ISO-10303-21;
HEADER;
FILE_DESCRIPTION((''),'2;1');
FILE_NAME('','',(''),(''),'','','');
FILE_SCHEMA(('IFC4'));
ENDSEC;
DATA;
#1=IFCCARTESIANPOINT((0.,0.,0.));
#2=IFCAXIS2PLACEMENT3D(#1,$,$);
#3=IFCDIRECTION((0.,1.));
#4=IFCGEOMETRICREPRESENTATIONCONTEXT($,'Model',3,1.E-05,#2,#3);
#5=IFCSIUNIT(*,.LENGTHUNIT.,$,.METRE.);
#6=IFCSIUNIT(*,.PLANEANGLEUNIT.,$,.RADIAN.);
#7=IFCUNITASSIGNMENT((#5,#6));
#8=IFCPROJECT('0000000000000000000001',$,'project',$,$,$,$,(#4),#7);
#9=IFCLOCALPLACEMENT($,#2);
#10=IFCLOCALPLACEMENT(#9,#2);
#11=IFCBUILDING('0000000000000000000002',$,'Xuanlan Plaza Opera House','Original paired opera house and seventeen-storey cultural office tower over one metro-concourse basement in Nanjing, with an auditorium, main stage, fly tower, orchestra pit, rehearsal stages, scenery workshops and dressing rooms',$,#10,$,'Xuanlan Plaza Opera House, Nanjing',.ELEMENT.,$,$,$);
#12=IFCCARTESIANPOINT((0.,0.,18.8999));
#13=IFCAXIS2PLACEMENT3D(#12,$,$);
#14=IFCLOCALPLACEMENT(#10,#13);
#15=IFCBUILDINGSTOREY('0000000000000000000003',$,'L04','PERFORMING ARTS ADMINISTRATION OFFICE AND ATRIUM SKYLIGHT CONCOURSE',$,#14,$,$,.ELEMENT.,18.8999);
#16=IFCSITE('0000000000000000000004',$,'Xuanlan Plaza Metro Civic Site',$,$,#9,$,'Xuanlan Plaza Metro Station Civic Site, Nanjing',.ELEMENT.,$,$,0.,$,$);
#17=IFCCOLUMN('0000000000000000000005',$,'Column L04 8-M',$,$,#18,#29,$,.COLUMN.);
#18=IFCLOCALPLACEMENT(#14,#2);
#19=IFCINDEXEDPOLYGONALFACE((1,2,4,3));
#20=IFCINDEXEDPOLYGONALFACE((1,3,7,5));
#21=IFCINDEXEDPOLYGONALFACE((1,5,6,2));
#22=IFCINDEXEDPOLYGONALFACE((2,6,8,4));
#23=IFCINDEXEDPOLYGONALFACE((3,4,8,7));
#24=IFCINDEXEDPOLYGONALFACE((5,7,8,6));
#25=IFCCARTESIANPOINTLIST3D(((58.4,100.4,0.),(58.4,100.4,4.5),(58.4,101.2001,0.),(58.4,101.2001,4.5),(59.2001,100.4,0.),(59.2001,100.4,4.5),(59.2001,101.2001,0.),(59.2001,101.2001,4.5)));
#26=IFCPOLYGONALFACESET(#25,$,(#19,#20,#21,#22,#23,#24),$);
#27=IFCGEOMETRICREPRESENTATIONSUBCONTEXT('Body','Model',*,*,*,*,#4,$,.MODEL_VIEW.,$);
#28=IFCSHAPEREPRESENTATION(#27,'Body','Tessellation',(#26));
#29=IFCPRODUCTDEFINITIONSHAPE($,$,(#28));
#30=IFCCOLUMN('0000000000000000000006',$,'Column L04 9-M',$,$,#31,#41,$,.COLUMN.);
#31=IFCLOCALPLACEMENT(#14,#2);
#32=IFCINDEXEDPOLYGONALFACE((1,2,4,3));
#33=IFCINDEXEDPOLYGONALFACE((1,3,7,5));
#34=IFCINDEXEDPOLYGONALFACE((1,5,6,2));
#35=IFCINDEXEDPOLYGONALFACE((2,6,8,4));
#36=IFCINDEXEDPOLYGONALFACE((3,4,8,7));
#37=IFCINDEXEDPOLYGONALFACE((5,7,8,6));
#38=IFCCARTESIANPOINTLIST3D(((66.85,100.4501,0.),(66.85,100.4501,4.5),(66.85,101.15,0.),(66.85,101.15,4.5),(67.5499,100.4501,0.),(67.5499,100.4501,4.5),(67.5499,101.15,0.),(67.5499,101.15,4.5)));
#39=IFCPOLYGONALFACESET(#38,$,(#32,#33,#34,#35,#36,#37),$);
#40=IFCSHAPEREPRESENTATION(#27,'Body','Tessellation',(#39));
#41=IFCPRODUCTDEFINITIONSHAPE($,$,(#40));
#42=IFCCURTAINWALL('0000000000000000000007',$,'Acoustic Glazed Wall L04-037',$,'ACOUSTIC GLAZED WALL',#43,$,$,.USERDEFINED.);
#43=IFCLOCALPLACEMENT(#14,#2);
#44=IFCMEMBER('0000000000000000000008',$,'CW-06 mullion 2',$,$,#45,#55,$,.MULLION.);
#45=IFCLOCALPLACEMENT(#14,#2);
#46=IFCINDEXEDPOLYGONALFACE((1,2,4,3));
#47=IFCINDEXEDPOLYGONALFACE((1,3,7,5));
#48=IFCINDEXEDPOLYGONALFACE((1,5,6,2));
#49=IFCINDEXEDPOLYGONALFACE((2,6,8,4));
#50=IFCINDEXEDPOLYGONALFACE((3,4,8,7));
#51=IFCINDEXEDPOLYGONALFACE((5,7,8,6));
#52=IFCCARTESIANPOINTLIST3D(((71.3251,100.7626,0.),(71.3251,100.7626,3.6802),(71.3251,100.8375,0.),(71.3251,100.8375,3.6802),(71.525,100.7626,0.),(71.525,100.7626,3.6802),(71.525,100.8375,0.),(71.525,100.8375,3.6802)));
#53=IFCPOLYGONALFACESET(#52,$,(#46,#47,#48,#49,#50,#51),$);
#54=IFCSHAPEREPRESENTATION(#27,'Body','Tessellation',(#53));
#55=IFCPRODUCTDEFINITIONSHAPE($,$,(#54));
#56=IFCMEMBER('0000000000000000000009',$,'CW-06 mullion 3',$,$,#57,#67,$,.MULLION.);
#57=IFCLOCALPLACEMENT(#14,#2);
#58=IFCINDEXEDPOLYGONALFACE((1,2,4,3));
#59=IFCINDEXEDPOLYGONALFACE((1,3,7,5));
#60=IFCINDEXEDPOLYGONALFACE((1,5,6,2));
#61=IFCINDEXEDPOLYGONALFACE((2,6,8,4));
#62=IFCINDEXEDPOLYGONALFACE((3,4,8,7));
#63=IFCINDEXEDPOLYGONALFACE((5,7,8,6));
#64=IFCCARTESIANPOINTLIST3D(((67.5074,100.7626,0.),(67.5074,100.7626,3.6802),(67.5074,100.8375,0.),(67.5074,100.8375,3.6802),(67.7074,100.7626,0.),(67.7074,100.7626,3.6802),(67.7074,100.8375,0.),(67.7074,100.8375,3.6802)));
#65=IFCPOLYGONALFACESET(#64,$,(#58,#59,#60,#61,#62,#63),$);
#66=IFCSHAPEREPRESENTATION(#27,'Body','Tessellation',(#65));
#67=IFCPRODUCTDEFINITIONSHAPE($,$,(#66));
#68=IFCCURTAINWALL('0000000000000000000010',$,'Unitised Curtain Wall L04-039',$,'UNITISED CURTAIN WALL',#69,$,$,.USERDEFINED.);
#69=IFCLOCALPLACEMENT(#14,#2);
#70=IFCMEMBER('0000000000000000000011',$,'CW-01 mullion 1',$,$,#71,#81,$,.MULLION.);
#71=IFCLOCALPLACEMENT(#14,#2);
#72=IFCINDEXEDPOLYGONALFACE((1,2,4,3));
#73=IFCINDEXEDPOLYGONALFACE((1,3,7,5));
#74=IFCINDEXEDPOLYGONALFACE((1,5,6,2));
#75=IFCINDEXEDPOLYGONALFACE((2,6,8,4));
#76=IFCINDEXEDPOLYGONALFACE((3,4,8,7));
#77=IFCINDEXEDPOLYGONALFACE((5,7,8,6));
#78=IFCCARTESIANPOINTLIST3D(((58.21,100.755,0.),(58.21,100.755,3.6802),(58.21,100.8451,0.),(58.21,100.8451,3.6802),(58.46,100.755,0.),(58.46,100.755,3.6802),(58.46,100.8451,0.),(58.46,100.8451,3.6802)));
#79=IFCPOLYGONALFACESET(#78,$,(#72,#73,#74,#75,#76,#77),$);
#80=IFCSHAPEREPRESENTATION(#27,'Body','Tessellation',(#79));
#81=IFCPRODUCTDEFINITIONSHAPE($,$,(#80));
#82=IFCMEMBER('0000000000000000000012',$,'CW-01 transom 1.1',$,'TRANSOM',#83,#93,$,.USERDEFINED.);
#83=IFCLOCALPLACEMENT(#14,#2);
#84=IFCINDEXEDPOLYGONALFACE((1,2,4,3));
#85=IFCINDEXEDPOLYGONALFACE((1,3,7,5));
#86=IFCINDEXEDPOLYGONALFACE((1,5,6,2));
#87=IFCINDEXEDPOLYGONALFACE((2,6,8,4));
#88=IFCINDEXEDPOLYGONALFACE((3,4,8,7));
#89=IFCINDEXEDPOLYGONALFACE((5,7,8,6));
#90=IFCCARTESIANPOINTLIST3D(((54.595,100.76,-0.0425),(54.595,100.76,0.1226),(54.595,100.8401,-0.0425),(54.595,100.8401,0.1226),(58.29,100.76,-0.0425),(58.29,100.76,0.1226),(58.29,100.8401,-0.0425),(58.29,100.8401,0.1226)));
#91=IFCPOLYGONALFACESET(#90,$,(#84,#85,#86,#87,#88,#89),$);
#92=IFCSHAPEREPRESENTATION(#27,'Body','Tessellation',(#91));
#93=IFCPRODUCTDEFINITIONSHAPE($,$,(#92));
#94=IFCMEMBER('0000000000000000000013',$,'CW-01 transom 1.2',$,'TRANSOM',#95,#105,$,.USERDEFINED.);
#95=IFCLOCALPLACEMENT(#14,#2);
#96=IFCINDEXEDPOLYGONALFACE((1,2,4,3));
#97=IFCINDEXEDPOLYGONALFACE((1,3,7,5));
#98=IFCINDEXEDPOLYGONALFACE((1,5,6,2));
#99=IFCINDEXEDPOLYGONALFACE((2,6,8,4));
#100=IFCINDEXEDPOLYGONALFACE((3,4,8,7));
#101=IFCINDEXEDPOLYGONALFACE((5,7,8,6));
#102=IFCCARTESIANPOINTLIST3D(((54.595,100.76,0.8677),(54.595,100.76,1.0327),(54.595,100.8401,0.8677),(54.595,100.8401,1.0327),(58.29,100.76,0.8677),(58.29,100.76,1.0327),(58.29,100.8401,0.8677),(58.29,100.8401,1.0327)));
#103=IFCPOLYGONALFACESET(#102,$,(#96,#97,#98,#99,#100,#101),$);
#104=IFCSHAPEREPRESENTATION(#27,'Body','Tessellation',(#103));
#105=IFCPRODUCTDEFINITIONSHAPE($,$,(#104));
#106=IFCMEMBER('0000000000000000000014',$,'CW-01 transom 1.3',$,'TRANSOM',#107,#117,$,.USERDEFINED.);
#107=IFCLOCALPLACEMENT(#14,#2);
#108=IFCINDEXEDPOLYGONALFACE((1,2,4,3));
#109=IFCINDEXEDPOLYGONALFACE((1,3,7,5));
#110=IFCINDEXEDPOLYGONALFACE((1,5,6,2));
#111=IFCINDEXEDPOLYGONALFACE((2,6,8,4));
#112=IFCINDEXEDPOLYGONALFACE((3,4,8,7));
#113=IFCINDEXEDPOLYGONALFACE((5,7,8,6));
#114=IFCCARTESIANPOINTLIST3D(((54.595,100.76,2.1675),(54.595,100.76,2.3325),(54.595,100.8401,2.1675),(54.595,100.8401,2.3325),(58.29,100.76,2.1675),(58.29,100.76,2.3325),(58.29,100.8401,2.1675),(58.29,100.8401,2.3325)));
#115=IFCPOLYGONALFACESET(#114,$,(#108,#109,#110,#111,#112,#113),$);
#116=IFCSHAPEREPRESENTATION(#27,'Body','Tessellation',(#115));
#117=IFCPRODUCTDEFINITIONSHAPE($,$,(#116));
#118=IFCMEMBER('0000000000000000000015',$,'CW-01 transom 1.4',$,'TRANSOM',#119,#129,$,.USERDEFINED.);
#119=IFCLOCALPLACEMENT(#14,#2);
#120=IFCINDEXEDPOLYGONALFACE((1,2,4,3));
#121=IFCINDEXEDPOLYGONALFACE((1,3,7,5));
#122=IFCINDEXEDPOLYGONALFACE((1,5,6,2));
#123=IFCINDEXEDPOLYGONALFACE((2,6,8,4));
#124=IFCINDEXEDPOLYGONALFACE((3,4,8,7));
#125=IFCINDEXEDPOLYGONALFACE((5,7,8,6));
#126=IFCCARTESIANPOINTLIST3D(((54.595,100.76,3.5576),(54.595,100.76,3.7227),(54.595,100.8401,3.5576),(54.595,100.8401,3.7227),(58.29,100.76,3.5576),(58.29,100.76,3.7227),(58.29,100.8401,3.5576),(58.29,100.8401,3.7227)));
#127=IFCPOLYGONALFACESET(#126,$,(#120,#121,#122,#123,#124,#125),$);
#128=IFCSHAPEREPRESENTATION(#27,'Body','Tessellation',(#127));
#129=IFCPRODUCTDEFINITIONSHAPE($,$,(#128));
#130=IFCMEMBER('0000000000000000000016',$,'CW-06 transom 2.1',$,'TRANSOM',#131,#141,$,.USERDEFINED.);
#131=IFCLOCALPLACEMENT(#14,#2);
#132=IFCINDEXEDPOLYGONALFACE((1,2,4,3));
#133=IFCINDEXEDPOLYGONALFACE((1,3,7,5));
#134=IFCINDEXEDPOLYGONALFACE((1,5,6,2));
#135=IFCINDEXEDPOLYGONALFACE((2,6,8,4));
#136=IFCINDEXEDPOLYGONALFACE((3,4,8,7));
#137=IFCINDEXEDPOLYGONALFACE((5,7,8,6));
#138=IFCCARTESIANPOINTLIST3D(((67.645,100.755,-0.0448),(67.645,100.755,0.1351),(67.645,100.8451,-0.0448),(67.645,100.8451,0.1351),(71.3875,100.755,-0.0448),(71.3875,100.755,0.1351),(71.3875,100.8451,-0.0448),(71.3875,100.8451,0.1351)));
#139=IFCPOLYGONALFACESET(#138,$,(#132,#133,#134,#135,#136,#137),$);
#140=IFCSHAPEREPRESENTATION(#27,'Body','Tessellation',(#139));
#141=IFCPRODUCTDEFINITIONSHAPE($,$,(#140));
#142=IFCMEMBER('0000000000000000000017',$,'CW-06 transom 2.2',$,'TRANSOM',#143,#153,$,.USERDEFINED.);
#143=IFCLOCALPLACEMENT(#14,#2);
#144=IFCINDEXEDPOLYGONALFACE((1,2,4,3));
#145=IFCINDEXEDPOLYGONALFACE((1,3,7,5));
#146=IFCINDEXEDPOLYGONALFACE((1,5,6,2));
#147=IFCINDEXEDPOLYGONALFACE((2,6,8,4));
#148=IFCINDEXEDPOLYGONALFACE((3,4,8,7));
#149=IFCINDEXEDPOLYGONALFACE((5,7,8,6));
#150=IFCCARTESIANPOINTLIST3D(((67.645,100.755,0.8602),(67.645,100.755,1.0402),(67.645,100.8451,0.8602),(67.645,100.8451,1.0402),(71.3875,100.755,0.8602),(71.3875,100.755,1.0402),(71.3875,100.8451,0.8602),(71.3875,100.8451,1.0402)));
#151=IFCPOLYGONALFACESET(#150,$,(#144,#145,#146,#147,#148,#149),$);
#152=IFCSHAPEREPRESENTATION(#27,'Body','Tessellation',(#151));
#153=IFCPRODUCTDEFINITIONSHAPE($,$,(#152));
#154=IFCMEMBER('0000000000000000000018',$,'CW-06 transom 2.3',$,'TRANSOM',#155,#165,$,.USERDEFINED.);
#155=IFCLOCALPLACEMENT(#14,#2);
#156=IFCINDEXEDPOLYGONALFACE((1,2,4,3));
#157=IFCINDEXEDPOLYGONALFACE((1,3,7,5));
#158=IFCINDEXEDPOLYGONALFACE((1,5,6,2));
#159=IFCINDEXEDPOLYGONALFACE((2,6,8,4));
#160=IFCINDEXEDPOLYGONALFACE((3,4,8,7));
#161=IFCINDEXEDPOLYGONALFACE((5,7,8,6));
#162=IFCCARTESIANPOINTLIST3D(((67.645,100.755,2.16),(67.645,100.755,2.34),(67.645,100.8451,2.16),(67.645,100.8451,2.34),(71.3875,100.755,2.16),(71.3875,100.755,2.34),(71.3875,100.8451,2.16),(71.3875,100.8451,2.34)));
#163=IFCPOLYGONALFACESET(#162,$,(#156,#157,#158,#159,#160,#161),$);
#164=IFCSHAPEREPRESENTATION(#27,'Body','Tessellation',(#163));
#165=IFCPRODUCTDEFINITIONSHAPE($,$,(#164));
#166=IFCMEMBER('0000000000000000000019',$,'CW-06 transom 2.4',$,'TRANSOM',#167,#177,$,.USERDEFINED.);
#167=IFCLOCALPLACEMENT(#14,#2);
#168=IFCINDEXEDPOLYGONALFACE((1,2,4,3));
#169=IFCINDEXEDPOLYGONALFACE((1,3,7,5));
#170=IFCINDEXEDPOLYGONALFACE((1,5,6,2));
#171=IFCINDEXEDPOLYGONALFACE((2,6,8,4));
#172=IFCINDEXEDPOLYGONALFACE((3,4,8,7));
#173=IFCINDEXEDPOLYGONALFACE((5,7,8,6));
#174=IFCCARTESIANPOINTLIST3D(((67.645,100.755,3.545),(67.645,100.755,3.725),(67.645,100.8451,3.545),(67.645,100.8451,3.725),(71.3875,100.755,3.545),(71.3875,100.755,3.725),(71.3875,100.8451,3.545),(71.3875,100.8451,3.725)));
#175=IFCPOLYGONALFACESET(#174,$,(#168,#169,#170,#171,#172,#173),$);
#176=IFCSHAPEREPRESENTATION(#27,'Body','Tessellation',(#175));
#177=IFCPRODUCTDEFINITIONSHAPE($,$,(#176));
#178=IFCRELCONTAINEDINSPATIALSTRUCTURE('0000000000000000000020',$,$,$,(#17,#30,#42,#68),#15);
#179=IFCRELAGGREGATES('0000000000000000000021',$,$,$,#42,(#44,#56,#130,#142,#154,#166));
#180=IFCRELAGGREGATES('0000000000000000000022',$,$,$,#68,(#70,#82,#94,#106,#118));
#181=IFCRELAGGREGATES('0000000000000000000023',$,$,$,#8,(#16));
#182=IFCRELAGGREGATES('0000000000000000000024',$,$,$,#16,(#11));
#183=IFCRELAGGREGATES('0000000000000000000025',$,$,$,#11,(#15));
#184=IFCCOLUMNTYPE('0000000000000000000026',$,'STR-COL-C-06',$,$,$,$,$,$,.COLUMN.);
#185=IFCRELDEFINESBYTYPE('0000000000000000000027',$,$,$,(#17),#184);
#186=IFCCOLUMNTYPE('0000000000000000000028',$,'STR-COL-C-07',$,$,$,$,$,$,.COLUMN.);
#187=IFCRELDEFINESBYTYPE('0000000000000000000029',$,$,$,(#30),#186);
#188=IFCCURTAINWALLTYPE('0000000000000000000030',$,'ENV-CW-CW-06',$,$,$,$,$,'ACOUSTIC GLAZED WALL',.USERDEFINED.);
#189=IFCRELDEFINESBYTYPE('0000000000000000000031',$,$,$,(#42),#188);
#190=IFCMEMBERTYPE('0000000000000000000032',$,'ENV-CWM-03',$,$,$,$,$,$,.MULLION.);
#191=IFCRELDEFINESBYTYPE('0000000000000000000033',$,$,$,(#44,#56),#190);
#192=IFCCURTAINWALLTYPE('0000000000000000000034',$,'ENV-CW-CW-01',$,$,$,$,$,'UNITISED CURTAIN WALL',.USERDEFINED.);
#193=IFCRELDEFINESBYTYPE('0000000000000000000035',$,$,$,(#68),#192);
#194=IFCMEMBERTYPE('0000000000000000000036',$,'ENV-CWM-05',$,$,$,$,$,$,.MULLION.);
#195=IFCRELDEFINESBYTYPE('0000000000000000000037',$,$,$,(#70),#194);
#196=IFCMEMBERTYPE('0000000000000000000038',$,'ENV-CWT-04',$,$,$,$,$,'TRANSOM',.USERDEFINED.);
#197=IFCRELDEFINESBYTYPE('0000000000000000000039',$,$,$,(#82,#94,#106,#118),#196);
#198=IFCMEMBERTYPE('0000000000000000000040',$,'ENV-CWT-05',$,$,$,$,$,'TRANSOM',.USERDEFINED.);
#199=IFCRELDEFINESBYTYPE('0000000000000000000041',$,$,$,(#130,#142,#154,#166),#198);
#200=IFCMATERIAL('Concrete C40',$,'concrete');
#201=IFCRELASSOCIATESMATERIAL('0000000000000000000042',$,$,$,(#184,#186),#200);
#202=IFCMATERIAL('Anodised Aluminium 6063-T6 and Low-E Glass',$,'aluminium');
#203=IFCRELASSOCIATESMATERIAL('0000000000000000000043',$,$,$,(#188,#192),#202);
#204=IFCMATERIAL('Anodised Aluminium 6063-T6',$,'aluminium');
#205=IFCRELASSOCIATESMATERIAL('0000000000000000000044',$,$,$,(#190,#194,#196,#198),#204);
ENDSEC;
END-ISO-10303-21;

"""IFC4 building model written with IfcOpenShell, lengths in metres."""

from ifc_helpers import new_model, si_unit, direction, frame, origin, origin_2d, place, context, subcontext, project, spatial, rectangle, extrude, material, material_profile, profile_set, type_object, element, aggregate, save


model = new_model("IFC4")

# Units and contexts
model_context = context("Model", 3, precision=1e-05, world=origin(), true_north=direction((0.0, 1.0)))
body_context = subcontext(model_context, "Body", "Model", "MODEL_VIEW")
ifc_project = project(units=[si_unit("LENGTHUNIT", "METRE"), si_unit("PLANEANGLEUNIT", "RADIAN")], contexts=[model_context])

# Site, building, storey
site_placement = place(None, origin())
site = spatial("IfcSite", under=ifc_project, at=site_placement, Name="Xuanlan Plaza Metro Civic Site", LongName="Xuanlan Plaza Metro Station Civic Site, Nanjing", CompositionType="ELEMENT", RefElevation=0.0)
building_placement = place(site_placement, origin())
building = spatial("IfcBuilding", under=site, at=building_placement, Name="Xuanlan Plaza Opera House", Description="Original paired opera house and seventeen-storey cultural office tower over one metro-concourse basement in Nanjing, with an auditorium, main stage, fly tower, orchestra pit, rehearsal stages, scenery workshops and dressing rooms", LongName="Xuanlan Plaza Opera House, Nanjing", CompositionType="ELEMENT")
storey_placement = place(building_placement, frame((0.0, 0.0, 18.8999)))
storey = spatial("IfcBuildingStorey", under=building, at=storey_placement, Name="L04", Description="PERFORMING ARTS ADMINISTRATION OFFICE AND ATRIUM SKYLIGHT CONCOURSE", CompositionType="ELEMENT", Elevation=18.8999)

# Columns
ifc_material_1 = material(Name="Concrete C40", Category="concrete")
ifc_material_profile_1 = material_profile(ifc_material_1, rectangle(XDim=0.8, YDim=0.8, at=origin_2d()), Name="RC-COL 800x800")
ifc_profile_set_1 = profile_set([ifc_material_profile_1], Name="Concrete C40")
column_type_1 = type_object("IfcColumnType", Name="STR-COL-C-06", PredefinedType="COLUMN", material=ifc_profile_set_1)
column_1_placement = place(storey_placement, frame((58.8, 100.8, 0.0), z_axis=(0.0, 0.0, 1.0), x_axis=(1.0, 0.0, 0.0)))
element("IfcColumn", 1, at=column_1_placement, inside=storey, type_object=column_type_1, Name="Column L04 8-M", PredefinedType="COLUMN", context=body_context, shape_type="SweptSolid", body=[
    extrude(rectangle(XDim=0.8, YDim=0.8, at=origin_2d()), origin(), (0.0, 0.0, 1.0), 4.5),
])
ifc_material_profile_2 = material_profile(ifc_material_1, rectangle(XDim=0.7, YDim=0.7, at=origin_2d()), Name="RC-COL 700x700")
ifc_profile_set_2 = profile_set([ifc_material_profile_2], Name="Concrete C40")
column_type_2 = type_object("IfcColumnType", Name="STR-COL-C-07", PredefinedType="COLUMN", material=ifc_profile_set_2)
column_2_placement = place(storey_placement, frame((67.2, 100.8, 0.0), z_axis=(0.0, 0.0, 1.0), x_axis=(1.0, 0.0, 0.0)))
element("IfcColumn", 2, at=column_2_placement, inside=storey, type_object=column_type_2, Name="Column L04 9-M", PredefinedType="COLUMN", context=body_context, shape_type="SweptSolid", body=[
    extrude(rectangle(XDim=0.7, YDim=0.7, at=origin_2d()), origin(), (0.0, 0.0, 1.0), 4.5),
])

# Curtain walls, members
ifc_material_2 = material(Name="Anodised Aluminium 6063-T6 and Low-E Glass", Category="aluminium")
curtain_wall_type_1 = type_object("IfcCurtainWallType", Name="ENV-CW-CW-06", ElementType="ACOUSTIC GLAZED WALL", PredefinedType="USERDEFINED", material=ifc_material_2)
curtain_wall_1_placement = place(storey_placement, origin())
curtain_wall_1 = element("IfcCurtainWall", 3, at=curtain_wall_1_placement, inside=storey, type_object=curtain_wall_type_1, Name="Acoustic Glazed Wall L04-037", ObjectType="ACOUSTIC GLAZED WALL", PredefinedType="USERDEFINED")
ifc_material_3 = material(Name="Anodised Aluminium 6063-T6", Category="aluminium")
ifc_material_profile_3 = material_profile(ifc_material_3, rectangle(XDim=0.075, YDim=0.2, at=origin_2d()), Name="ALU-M 75x200")
ifc_profile_set_3 = profile_set([ifc_material_profile_3], Name="Anodised Aluminium 6063-T6")
member_type_1 = type_object("IfcMemberType", Name="ENV-CWM-03", PredefinedType="MULLION", material=ifc_profile_set_3)
member_1_placement = place(storey_placement, frame((71.425, 100.8, 0.0), z_axis=(0.0, 0.0, 1.0), x_axis=(0.0, -1.0, 0.0)))
member_1 = element("IfcMember", 4, at=member_1_placement, type_object=member_type_1, Name="CW-06 mullion 2", PredefinedType="MULLION", context=body_context, shape_type="SweptSolid", body=[
    extrude(rectangle(XDim=0.075, YDim=0.2, at=origin_2d()), origin(), (0.0, 0.0, 1.0), 3.6802),
])
member_2_placement = place(storey_placement, frame((67.6074, 100.8, 0.0), z_axis=(0.0, 0.0, 1.0), x_axis=(0.0, -1.0, 0.0)))
member_2 = element("IfcMember", 5, at=member_2_placement, type_object=member_type_1, Name="CW-06 mullion 3", PredefinedType="MULLION", context=body_context, shape_type="SweptSolid", body=[
    extrude(rectangle(XDim=0.075, YDim=0.2, at=origin_2d()), origin(), (0.0, 0.0, 1.0), 3.6802),
])
curtain_wall_type_2 = type_object("IfcCurtainWallType", Name="ENV-CW-CW-01", ElementType="UNITISED CURTAIN WALL", PredefinedType="USERDEFINED", material=ifc_material_2)
curtain_wall_2_placement = place(storey_placement, origin())
curtain_wall_2 = element("IfcCurtainWall", 6, at=curtain_wall_2_placement, inside=storey, type_object=curtain_wall_type_2, Name="Unitised Curtain Wall L04-039", ObjectType="UNITISED CURTAIN WALL", PredefinedType="USERDEFINED")
ifc_material_profile_4 = material_profile(ifc_material_3, rectangle(XDim=0.0901, YDim=0.25, at=origin_2d()), Name="ALU-M 90x250")
ifc_profile_set_4 = profile_set([ifc_material_profile_4], Name="Anodised Aluminium 6063-T6")
member_type_2 = type_object("IfcMemberType", Name="ENV-CWM-05", PredefinedType="MULLION", material=ifc_profile_set_4)
member_3_placement = place(storey_placement, frame((58.335, 100.8, 0.0), z_axis=(0.0, 0.0, 1.0), x_axis=(0.0, -1.0, 0.0)))
member_3 = element("IfcMember", 7, at=member_3_placement, type_object=member_type_2, Name="CW-01 mullion 1", PredefinedType="MULLION", context=body_context, shape_type="SweptSolid", body=[
    extrude(rectangle(XDim=0.0901, YDim=0.25, at=origin_2d()), origin(), (0.0, 0.0, 1.0), 3.6802),
])
ifc_material_profile_5 = material_profile(ifc_material_3, rectangle(XDim=0.0801, YDim=0.165, at=origin_2d()), Name="ALU-T 80x165")
ifc_profile_set_5 = profile_set([ifc_material_profile_5], Name="Anodised Aluminium 6063-T6")
member_type_3 = type_object("IfcMemberType", Name="ENV-CWT-04", ElementType="TRANSOM", PredefinedType="USERDEFINED", material=ifc_profile_set_5)
member_4_placement = place(storey_placement, frame((58.29, 100.8, 0.04), z_axis=(-1.0, 0.0, 0.0), x_axis=(0.0, -1.0, 0.0)))
member_4 = element("IfcMember", 8, at=member_4_placement, type_object=member_type_3, Name="CW-01 transom 1.1", ObjectType="TRANSOM", PredefinedType="USERDEFINED", context=body_context, shape_type="SweptSolid", body=[
    extrude(rectangle(XDim=0.0801, YDim=0.165, at=origin_2d()), origin(), (0.0, 0.0, 1.0), 3.6951),
])
member_5_placement = place(storey_placement, frame((58.29, 100.8, 0.9502), z_axis=(-1.0, 0.0, 0.0), x_axis=(0.0, -1.0, 0.0)))
member_5 = element("IfcMember", 9, at=member_5_placement, type_object=member_type_3, Name="CW-01 transom 1.2", ObjectType="TRANSOM", PredefinedType="USERDEFINED", context=body_context, shape_type="SweptSolid", body=[
    extrude(rectangle(XDim=0.0801, YDim=0.165, at=origin_2d()), origin(), (0.0, 0.0, 1.0), 3.6951),
])
member_6_placement = place(storey_placement, frame((58.29, 100.8, 2.25), z_axis=(-1.0, 0.0, 0.0), x_axis=(0.0, -1.0, 0.0)))
member_6 = element("IfcMember", 10, at=member_6_placement, type_object=member_type_3, Name="CW-01 transom 1.3", ObjectType="TRANSOM", PredefinedType="USERDEFINED", context=body_context, shape_type="SweptSolid", body=[
    extrude(rectangle(XDim=0.0801, YDim=0.165, at=origin_2d()), origin(), (0.0, 0.0, 1.0), 3.6951),
])
member_7_placement = place(storey_placement, frame((58.29, 100.8, 3.6401), z_axis=(-1.0, 0.0, 0.0), x_axis=(0.0, -1.0, 0.0)))
member_7 = element("IfcMember", 11, at=member_7_placement, type_object=member_type_3, Name="CW-01 transom 1.4", ObjectType="TRANSOM", PredefinedType="USERDEFINED", context=body_context, shape_type="SweptSolid", body=[
    extrude(rectangle(XDim=0.0801, YDim=0.165, at=origin_2d()), origin(), (0.0, 0.0, 1.0), 3.6951),
])

# Members
ifc_material_profile_6 = material_profile(ifc_material_3, rectangle(XDim=0.0901, YDim=0.1799, at=origin_2d()), Name="ALU-T 90x180")
ifc_profile_set_6 = profile_set([ifc_material_profile_6], Name="Anodised Aluminium 6063-T6")
member_type_4 = type_object("IfcMemberType", Name="ENV-CWT-05", ElementType="TRANSOM", PredefinedType="USERDEFINED", material=ifc_profile_set_6)
member_8_placement = place(storey_placement, frame((71.3875, 100.8, 0.0452), z_axis=(-1.0, 0.0, 0.0), x_axis=(0.0, -1.0, 0.0)))
member_8 = element("IfcMember", 12, at=member_8_placement, type_object=member_type_4, Name="CW-06 transom 2.1", ObjectType="TRANSOM", PredefinedType="USERDEFINED", context=body_context, shape_type="SweptSolid", body=[
    extrude(rectangle(XDim=0.0901, YDim=0.1799, at=origin_2d()), origin(), (0.0, 0.0, 1.0), 3.7424),
])
member_9_placement = place(storey_placement, frame((71.3875, 100.8, 0.9502), z_axis=(-1.0, 0.0, 0.0), x_axis=(0.0, -1.0, 0.0)))
member_9 = element("IfcMember", 13, at=member_9_placement, type_object=member_type_4, Name="CW-06 transom 2.2", ObjectType="TRANSOM", PredefinedType="USERDEFINED", context=body_context, shape_type="SweptSolid", body=[
    extrude(rectangle(XDim=0.0901, YDim=0.1799, at=origin_2d()), origin(), (0.0, 0.0, 1.0), 3.7424),
])
member_10_placement = place(storey_placement, frame((71.3875, 100.8, 2.25), z_axis=(-1.0, 0.0, 0.0), x_axis=(0.0, -1.0, 0.0)))
member_10 = element("IfcMember", 14, at=member_10_placement, type_object=member_type_4, Name="CW-06 transom 2.3", ObjectType="TRANSOM", PredefinedType="USERDEFINED", context=body_context, shape_type="SweptSolid", body=[
    extrude(rectangle(XDim=0.0901, YDim=0.1799, at=origin_2d()), origin(), (0.0, 0.0, 1.0), 3.7424),
])
member_11_placement = place(storey_placement, frame((71.3875, 100.8, 3.635), z_axis=(-1.0, 0.0, 0.0), x_axis=(0.0, -1.0, 0.0)))
member_11 = element("IfcMember", 15, at=member_11_placement, type_object=member_type_4, Name="CW-06 transom 2.4", ObjectType="TRANSOM", PredefinedType="USERDEFINED", context=body_context, shape_type="SweptSolid", body=[
    extrude(rectangle(XDim=0.0901, YDim=0.1799, at=origin_2d()), origin(), (0.0, 0.0, 1.0), 3.7424),
])

aggregate(curtain_wall_1, [member_1, member_2, member_8, member_9, member_10, member_11])
aggregate(curtain_wall_2, [member_3, member_4, member_5, member_6, member_7])

save(model, "model.ifc")
